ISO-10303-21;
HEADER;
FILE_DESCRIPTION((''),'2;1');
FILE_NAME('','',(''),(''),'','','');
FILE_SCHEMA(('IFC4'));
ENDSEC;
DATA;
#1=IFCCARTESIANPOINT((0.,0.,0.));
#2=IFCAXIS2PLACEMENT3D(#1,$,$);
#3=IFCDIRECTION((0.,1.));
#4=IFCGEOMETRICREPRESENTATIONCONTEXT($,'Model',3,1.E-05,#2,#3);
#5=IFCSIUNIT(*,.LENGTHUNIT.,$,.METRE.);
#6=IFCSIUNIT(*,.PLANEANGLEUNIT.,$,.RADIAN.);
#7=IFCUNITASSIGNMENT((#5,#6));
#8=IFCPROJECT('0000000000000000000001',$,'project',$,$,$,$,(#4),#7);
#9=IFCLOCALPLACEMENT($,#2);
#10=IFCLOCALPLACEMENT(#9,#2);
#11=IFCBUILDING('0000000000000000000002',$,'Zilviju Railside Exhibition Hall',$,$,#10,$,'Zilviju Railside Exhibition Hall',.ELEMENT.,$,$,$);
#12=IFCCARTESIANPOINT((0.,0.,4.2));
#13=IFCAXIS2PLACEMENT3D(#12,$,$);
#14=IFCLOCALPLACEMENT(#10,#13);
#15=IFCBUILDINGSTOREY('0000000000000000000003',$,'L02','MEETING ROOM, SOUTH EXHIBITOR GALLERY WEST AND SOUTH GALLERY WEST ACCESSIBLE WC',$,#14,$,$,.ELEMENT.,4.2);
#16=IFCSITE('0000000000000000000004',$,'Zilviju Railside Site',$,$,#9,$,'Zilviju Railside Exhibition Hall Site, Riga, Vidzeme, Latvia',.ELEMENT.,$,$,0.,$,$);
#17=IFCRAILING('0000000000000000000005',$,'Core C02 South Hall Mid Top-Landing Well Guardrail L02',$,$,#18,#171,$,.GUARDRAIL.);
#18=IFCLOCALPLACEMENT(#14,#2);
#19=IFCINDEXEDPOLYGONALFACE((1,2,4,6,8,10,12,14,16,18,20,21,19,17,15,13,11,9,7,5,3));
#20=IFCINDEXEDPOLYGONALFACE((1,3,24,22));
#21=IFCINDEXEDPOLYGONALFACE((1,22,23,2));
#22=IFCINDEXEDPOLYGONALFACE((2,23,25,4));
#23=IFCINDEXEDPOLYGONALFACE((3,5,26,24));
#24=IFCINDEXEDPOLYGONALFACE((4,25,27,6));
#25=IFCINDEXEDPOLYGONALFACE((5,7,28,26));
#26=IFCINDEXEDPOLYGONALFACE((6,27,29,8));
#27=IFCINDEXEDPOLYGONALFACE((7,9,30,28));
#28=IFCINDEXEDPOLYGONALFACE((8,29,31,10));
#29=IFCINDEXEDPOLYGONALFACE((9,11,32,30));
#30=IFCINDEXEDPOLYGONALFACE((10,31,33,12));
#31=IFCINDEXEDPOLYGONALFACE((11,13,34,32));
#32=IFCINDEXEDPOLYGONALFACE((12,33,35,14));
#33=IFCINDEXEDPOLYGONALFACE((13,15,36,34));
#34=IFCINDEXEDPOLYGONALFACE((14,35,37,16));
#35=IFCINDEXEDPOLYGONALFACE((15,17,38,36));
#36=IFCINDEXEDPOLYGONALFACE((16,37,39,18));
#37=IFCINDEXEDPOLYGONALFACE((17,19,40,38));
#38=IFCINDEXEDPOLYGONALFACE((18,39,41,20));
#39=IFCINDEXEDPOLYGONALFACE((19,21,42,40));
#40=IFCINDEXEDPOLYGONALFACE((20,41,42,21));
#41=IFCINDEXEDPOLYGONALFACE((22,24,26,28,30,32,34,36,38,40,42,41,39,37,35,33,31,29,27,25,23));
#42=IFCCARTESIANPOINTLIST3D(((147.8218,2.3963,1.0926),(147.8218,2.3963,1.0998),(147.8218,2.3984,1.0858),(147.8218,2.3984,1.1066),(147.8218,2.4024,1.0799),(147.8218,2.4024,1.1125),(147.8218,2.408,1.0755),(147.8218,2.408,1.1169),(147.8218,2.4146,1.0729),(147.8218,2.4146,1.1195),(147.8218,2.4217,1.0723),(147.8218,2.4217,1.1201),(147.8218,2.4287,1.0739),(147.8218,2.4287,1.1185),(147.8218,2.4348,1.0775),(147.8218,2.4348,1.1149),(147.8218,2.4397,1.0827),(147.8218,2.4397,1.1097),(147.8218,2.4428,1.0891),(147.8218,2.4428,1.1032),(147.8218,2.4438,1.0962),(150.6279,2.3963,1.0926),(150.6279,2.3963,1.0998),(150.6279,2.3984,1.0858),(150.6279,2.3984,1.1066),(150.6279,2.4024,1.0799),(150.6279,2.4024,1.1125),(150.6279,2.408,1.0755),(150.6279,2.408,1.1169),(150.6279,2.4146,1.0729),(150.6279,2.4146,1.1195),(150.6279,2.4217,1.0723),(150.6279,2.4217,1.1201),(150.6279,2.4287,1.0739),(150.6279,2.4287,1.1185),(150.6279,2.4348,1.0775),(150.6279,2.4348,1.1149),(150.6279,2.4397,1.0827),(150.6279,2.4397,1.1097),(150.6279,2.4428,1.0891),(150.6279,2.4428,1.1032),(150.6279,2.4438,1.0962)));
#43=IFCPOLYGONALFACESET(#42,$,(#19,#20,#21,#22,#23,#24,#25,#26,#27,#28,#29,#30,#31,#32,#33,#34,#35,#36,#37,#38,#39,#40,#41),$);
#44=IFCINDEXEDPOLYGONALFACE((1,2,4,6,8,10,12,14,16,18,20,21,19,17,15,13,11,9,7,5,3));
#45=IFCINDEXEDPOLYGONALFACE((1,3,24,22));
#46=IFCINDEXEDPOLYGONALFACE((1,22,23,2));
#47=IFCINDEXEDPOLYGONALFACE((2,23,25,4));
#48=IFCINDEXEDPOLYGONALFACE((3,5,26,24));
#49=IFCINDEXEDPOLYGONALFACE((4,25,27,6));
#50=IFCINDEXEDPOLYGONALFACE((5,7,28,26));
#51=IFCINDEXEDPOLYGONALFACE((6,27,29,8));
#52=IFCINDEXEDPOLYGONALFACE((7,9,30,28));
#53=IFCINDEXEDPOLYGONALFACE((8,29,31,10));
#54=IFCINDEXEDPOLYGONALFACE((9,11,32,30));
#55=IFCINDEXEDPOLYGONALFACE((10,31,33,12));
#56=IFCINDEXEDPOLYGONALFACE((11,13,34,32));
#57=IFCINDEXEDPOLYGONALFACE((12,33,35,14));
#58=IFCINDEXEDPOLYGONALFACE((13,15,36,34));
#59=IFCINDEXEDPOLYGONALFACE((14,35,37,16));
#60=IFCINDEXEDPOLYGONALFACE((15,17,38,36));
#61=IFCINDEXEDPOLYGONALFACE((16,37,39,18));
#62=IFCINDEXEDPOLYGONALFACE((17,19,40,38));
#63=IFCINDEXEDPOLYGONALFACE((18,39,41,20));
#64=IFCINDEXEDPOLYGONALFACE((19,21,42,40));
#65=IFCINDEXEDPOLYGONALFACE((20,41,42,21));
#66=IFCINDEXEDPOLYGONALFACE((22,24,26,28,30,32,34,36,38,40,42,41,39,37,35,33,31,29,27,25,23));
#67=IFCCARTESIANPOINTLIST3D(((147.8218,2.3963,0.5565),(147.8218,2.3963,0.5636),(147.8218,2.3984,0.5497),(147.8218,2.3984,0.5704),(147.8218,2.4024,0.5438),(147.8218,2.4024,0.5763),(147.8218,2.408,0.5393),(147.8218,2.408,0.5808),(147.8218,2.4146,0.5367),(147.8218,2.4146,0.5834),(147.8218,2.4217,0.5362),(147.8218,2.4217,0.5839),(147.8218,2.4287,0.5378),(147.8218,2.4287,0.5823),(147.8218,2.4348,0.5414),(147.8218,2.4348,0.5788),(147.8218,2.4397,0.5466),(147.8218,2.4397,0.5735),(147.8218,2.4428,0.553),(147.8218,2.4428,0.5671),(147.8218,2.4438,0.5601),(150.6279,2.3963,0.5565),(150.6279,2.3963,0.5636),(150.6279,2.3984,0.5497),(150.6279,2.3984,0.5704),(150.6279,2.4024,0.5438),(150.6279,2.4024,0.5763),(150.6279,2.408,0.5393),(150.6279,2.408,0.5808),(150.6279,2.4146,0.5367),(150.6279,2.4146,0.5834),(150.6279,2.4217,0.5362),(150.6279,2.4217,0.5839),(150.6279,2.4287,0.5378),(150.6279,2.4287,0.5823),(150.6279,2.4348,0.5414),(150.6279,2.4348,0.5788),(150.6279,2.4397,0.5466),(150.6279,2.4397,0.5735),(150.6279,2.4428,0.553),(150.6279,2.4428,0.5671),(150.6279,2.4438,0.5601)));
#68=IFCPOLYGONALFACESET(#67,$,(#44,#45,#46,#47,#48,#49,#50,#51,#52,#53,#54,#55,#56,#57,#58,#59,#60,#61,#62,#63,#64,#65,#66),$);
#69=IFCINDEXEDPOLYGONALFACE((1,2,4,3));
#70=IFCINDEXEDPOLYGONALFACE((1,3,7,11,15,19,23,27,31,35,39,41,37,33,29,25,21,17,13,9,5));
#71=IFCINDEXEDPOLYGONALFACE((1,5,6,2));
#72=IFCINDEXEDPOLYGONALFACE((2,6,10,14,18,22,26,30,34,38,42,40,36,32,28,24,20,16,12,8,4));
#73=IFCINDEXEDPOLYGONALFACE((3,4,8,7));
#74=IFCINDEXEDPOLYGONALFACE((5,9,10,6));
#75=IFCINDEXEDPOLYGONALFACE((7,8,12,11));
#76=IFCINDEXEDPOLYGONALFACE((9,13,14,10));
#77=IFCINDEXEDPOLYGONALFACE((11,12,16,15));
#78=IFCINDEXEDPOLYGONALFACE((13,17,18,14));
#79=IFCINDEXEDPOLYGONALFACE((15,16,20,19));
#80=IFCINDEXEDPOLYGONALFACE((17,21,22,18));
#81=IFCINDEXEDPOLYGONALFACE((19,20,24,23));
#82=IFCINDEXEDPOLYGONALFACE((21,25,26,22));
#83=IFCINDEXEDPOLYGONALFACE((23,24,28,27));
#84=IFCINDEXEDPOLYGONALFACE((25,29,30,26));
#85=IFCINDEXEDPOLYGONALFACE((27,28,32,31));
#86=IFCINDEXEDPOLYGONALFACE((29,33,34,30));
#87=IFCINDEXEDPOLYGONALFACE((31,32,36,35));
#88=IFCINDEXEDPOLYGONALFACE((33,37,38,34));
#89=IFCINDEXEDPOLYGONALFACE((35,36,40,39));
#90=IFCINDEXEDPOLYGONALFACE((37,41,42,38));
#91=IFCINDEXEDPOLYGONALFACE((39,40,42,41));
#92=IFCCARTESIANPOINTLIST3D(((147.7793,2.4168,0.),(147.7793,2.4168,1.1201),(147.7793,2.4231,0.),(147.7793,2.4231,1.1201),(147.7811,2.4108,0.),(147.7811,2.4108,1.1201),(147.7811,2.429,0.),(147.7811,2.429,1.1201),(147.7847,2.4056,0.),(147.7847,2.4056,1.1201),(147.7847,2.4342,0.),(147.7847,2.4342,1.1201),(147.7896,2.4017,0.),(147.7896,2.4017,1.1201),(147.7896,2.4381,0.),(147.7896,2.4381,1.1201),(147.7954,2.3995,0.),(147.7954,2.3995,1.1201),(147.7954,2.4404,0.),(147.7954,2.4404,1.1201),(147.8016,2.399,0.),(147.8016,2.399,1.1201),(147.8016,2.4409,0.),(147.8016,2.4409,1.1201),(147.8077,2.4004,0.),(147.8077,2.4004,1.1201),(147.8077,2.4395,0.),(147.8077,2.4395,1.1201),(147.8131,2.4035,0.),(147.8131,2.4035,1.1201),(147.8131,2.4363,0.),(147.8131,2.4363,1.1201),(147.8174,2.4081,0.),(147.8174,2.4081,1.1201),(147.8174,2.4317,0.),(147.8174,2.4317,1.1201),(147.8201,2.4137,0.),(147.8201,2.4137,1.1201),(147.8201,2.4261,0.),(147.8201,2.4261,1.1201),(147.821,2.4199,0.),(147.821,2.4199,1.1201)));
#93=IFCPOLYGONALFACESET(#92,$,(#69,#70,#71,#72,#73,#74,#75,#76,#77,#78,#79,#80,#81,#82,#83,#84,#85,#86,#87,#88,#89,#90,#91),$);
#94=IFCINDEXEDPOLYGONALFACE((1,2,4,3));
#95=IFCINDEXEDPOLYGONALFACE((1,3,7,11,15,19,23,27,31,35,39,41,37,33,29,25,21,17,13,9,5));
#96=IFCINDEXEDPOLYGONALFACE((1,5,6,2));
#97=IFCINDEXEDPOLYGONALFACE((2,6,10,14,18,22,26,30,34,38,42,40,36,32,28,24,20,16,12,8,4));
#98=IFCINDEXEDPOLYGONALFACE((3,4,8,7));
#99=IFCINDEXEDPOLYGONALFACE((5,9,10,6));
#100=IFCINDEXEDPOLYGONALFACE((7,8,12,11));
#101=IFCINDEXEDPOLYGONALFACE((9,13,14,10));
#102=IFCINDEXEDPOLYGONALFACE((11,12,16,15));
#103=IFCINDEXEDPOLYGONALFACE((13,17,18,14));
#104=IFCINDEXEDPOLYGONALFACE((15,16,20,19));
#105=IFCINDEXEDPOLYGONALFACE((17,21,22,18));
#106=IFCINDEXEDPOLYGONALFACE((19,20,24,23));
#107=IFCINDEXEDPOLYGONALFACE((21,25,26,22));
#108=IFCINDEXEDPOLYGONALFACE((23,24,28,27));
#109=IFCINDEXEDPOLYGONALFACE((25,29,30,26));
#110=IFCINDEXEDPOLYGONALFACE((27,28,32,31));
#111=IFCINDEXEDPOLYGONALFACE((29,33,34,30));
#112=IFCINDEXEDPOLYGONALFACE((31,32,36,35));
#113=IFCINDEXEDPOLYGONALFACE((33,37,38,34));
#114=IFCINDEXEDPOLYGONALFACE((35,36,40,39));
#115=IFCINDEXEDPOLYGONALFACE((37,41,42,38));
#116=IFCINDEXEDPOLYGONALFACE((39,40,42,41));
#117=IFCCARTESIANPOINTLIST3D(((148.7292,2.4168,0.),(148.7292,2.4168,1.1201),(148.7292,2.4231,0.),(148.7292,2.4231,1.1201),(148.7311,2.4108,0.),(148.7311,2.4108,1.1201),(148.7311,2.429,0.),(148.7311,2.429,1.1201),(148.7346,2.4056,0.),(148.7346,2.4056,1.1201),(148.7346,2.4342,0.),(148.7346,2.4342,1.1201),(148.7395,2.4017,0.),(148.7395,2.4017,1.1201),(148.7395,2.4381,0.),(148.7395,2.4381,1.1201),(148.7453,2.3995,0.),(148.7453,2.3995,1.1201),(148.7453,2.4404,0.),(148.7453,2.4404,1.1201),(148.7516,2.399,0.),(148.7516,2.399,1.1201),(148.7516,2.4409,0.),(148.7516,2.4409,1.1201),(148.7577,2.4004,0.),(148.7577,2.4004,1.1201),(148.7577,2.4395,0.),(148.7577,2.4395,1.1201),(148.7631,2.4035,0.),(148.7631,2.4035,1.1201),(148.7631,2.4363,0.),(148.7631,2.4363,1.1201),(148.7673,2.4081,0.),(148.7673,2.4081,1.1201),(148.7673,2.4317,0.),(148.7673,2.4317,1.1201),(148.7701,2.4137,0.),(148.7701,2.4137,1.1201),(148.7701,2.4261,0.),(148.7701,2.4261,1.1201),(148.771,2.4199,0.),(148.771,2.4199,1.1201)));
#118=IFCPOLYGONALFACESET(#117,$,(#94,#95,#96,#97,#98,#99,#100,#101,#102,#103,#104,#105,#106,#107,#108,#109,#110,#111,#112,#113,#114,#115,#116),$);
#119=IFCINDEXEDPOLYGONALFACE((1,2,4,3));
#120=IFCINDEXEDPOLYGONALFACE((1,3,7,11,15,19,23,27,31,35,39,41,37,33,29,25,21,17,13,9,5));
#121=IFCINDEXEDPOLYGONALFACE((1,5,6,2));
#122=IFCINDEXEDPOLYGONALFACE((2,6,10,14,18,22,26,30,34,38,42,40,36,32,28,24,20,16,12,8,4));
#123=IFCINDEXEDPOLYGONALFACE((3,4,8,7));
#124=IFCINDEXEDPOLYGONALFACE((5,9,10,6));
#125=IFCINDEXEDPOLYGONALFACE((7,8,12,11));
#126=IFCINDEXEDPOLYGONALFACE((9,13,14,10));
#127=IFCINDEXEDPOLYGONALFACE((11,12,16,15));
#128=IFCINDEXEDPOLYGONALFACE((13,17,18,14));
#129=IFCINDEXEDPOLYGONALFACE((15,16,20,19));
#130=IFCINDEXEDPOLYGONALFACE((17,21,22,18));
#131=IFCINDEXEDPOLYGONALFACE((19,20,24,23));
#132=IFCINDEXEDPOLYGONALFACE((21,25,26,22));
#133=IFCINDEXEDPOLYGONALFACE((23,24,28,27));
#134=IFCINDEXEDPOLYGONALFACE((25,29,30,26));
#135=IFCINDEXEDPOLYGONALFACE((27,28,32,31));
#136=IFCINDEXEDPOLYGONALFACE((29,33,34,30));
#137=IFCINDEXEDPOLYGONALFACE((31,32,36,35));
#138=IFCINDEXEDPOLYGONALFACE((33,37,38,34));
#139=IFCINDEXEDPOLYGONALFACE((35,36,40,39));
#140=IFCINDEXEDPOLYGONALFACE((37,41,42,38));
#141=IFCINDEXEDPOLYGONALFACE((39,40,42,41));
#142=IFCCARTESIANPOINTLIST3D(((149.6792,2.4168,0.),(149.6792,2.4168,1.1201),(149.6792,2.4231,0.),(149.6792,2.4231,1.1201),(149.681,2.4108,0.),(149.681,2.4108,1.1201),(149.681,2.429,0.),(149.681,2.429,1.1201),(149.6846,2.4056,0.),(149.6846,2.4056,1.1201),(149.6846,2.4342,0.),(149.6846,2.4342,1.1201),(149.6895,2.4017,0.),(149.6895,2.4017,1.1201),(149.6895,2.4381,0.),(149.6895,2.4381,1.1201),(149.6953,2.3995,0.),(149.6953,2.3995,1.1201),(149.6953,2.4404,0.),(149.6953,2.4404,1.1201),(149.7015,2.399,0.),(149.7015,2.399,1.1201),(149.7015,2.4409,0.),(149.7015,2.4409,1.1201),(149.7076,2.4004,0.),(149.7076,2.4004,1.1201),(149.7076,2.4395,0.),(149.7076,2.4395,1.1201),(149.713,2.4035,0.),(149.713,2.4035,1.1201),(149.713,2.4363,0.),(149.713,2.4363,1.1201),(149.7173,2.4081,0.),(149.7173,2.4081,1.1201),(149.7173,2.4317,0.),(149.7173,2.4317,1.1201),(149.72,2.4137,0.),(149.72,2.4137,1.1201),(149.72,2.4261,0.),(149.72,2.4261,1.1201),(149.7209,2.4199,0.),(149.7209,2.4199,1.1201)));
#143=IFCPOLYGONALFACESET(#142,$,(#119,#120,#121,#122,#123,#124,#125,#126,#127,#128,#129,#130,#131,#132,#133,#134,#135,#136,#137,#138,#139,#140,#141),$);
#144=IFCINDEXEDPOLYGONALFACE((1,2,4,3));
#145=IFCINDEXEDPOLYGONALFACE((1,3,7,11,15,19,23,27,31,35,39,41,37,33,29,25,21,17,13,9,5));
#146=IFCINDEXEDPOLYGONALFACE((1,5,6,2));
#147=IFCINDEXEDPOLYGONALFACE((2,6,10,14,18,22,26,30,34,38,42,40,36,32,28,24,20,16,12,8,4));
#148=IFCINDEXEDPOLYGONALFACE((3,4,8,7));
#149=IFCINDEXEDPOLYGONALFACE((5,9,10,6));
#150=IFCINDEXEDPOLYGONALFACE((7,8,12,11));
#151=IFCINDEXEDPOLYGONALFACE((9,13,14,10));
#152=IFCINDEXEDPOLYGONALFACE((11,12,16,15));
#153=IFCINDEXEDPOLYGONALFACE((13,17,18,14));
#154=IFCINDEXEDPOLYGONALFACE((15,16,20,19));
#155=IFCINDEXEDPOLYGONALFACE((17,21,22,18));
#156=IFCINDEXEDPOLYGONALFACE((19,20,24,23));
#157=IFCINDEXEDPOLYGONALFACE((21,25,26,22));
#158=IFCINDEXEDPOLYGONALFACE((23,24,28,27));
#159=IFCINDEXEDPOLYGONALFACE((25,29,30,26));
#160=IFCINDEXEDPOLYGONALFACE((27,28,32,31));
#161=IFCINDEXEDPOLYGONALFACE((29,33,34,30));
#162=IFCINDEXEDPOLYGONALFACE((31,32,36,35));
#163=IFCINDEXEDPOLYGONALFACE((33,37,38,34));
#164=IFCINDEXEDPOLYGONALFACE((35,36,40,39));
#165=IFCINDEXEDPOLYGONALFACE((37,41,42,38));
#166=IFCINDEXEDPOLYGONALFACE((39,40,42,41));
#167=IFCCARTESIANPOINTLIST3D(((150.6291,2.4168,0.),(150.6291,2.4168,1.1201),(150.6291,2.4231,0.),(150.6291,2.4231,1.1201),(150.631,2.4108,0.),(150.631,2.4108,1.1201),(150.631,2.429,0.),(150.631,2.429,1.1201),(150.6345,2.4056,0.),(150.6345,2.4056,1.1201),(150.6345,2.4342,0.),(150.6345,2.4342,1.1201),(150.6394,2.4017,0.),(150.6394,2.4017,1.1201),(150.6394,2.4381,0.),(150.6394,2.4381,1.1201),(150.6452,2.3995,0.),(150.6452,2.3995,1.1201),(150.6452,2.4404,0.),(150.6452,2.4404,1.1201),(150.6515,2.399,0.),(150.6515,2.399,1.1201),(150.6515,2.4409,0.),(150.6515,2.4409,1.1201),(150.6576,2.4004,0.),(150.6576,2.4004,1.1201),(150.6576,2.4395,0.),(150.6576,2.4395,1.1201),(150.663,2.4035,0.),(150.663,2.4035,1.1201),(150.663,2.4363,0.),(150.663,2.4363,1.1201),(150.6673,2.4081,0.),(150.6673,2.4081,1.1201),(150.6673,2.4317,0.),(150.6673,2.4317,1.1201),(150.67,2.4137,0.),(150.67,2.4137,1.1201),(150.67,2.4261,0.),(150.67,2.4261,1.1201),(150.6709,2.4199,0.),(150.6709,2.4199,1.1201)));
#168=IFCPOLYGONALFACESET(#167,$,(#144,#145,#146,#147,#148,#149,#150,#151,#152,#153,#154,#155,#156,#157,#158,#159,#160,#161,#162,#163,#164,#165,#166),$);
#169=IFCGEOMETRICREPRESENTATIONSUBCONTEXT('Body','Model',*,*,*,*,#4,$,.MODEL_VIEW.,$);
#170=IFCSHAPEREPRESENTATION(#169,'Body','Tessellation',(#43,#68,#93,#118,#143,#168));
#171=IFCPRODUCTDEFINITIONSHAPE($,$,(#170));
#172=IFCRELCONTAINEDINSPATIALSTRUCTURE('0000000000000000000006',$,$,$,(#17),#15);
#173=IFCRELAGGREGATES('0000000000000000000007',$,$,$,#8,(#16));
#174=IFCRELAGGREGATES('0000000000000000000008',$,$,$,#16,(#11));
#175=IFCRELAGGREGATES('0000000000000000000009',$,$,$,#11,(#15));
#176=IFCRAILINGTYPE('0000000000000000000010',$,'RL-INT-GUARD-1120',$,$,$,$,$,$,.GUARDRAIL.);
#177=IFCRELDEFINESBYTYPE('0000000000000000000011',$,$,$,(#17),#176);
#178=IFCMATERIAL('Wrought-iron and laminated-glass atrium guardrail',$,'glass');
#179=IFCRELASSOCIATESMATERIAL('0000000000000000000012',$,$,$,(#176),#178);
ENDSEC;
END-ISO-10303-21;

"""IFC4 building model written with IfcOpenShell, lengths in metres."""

from ifc_helpers import new_model, si_unit, direction, frame, origin, origin_2d, place, context, subcontext, project, spatial, circle, extrude, material, type_object, element, save


model = new_model("IFC4")

# Units and contexts
model_context = context("Model", 3, precision=1e-05, world=origin(), true_north=direction((0.0, 1.0)))
body_context = subcontext(model_context, "Body", "Model", "MODEL_VIEW")
ifc_project = project(units=[si_unit("LENGTHUNIT", "METRE"), si_unit("PLANEANGLEUNIT", "RADIAN")], contexts=[model_context])

# Site, building, storey
site_placement = place(None, origin())
site = spatial("IfcSite", under=ifc_project, at=site_placement, Name="Zilviju Railside Site", LongName="Zilviju Railside Exhibition Hall Site, Riga, Vidzeme, Latvia", CompositionType="ELEMENT", RefElevation=0.0)
building_placement = place(site_placement, origin())
building = spatial("IfcBuilding", under=site, at=building_placement, Name="Zilviju Railside Exhibition Hall", LongName="Zilviju Railside Exhibition Hall", CompositionType="ELEMENT")
storey_placement = place(building_placement, frame((0.0, 0.0, 4.2)))
storey = spatial("IfcBuildingStorey", under=building, at=storey_placement, Name="L02", Description="MEETING ROOM, SOUTH EXHIBITOR GALLERY WEST AND SOUTH GALLERY WEST ACCESSIBLE WC", CompositionType="ELEMENT", Elevation=4.2)

# Railing
ifc_material_1 = material(Name="Wrought-iron and laminated-glass atrium guardrail", Category="glass")
railing_type = type_object("IfcRailingType", Name="RL-INT-GUARD-1120", PredefinedType="GUARDRAIL", material=ifc_material_1)
railing_1_placement = place(storey_placement, frame((147.8, 2.4199, 0.0)))
element("IfcRailing", 1, at=railing_1_placement, inside=storey, type_object=railing_type, Name="Core C02 South Hall Mid Top-Landing Well Guardrail L02", PredefinedType="GUARDRAIL", context=body_context, shape_type="SweptSolid", body=[
    extrude(circle(Radius=0.0239, at=origin_2d()), frame((0.0217, 0.0, 1.0962), z_axis=(1.0, 0.0, 0.0), x_axis=(0.0, 1.0, 0.0)), (0.0, 0.0, 1.0), 2.8062),
    extrude(circle(Radius=0.0239, at=origin_2d()), frame((0.0217, 0.0, 0.5601), z_axis=(1.0, 0.0, 0.0), x_axis=(0.0, 1.0, 0.0)), (0.0, 0.0, 1.0), 2.8062),
    extrude(circle(Radius=0.021, at=origin_2d()), origin(), (0.0, 0.0, 1.0), 1.1201),
    extrude(circle(Radius=0.021, at=origin_2d()), frame((0.95, 0.0, 0.0)), (0.0, 0.0, 1.0), 1.1201),
    extrude(circle(Radius=0.021, at=origin_2d()), frame((1.8999, 0.0, 0.0)), (0.0, 0.0, 1.0), 1.1201),
    extrude(circle(Radius=0.021, at=origin_2d()), frame((2.8499, 0.0, 0.0)), (0.0, 0.0, 1.0), 1.1201),
])

save(model, "model.ifc")
